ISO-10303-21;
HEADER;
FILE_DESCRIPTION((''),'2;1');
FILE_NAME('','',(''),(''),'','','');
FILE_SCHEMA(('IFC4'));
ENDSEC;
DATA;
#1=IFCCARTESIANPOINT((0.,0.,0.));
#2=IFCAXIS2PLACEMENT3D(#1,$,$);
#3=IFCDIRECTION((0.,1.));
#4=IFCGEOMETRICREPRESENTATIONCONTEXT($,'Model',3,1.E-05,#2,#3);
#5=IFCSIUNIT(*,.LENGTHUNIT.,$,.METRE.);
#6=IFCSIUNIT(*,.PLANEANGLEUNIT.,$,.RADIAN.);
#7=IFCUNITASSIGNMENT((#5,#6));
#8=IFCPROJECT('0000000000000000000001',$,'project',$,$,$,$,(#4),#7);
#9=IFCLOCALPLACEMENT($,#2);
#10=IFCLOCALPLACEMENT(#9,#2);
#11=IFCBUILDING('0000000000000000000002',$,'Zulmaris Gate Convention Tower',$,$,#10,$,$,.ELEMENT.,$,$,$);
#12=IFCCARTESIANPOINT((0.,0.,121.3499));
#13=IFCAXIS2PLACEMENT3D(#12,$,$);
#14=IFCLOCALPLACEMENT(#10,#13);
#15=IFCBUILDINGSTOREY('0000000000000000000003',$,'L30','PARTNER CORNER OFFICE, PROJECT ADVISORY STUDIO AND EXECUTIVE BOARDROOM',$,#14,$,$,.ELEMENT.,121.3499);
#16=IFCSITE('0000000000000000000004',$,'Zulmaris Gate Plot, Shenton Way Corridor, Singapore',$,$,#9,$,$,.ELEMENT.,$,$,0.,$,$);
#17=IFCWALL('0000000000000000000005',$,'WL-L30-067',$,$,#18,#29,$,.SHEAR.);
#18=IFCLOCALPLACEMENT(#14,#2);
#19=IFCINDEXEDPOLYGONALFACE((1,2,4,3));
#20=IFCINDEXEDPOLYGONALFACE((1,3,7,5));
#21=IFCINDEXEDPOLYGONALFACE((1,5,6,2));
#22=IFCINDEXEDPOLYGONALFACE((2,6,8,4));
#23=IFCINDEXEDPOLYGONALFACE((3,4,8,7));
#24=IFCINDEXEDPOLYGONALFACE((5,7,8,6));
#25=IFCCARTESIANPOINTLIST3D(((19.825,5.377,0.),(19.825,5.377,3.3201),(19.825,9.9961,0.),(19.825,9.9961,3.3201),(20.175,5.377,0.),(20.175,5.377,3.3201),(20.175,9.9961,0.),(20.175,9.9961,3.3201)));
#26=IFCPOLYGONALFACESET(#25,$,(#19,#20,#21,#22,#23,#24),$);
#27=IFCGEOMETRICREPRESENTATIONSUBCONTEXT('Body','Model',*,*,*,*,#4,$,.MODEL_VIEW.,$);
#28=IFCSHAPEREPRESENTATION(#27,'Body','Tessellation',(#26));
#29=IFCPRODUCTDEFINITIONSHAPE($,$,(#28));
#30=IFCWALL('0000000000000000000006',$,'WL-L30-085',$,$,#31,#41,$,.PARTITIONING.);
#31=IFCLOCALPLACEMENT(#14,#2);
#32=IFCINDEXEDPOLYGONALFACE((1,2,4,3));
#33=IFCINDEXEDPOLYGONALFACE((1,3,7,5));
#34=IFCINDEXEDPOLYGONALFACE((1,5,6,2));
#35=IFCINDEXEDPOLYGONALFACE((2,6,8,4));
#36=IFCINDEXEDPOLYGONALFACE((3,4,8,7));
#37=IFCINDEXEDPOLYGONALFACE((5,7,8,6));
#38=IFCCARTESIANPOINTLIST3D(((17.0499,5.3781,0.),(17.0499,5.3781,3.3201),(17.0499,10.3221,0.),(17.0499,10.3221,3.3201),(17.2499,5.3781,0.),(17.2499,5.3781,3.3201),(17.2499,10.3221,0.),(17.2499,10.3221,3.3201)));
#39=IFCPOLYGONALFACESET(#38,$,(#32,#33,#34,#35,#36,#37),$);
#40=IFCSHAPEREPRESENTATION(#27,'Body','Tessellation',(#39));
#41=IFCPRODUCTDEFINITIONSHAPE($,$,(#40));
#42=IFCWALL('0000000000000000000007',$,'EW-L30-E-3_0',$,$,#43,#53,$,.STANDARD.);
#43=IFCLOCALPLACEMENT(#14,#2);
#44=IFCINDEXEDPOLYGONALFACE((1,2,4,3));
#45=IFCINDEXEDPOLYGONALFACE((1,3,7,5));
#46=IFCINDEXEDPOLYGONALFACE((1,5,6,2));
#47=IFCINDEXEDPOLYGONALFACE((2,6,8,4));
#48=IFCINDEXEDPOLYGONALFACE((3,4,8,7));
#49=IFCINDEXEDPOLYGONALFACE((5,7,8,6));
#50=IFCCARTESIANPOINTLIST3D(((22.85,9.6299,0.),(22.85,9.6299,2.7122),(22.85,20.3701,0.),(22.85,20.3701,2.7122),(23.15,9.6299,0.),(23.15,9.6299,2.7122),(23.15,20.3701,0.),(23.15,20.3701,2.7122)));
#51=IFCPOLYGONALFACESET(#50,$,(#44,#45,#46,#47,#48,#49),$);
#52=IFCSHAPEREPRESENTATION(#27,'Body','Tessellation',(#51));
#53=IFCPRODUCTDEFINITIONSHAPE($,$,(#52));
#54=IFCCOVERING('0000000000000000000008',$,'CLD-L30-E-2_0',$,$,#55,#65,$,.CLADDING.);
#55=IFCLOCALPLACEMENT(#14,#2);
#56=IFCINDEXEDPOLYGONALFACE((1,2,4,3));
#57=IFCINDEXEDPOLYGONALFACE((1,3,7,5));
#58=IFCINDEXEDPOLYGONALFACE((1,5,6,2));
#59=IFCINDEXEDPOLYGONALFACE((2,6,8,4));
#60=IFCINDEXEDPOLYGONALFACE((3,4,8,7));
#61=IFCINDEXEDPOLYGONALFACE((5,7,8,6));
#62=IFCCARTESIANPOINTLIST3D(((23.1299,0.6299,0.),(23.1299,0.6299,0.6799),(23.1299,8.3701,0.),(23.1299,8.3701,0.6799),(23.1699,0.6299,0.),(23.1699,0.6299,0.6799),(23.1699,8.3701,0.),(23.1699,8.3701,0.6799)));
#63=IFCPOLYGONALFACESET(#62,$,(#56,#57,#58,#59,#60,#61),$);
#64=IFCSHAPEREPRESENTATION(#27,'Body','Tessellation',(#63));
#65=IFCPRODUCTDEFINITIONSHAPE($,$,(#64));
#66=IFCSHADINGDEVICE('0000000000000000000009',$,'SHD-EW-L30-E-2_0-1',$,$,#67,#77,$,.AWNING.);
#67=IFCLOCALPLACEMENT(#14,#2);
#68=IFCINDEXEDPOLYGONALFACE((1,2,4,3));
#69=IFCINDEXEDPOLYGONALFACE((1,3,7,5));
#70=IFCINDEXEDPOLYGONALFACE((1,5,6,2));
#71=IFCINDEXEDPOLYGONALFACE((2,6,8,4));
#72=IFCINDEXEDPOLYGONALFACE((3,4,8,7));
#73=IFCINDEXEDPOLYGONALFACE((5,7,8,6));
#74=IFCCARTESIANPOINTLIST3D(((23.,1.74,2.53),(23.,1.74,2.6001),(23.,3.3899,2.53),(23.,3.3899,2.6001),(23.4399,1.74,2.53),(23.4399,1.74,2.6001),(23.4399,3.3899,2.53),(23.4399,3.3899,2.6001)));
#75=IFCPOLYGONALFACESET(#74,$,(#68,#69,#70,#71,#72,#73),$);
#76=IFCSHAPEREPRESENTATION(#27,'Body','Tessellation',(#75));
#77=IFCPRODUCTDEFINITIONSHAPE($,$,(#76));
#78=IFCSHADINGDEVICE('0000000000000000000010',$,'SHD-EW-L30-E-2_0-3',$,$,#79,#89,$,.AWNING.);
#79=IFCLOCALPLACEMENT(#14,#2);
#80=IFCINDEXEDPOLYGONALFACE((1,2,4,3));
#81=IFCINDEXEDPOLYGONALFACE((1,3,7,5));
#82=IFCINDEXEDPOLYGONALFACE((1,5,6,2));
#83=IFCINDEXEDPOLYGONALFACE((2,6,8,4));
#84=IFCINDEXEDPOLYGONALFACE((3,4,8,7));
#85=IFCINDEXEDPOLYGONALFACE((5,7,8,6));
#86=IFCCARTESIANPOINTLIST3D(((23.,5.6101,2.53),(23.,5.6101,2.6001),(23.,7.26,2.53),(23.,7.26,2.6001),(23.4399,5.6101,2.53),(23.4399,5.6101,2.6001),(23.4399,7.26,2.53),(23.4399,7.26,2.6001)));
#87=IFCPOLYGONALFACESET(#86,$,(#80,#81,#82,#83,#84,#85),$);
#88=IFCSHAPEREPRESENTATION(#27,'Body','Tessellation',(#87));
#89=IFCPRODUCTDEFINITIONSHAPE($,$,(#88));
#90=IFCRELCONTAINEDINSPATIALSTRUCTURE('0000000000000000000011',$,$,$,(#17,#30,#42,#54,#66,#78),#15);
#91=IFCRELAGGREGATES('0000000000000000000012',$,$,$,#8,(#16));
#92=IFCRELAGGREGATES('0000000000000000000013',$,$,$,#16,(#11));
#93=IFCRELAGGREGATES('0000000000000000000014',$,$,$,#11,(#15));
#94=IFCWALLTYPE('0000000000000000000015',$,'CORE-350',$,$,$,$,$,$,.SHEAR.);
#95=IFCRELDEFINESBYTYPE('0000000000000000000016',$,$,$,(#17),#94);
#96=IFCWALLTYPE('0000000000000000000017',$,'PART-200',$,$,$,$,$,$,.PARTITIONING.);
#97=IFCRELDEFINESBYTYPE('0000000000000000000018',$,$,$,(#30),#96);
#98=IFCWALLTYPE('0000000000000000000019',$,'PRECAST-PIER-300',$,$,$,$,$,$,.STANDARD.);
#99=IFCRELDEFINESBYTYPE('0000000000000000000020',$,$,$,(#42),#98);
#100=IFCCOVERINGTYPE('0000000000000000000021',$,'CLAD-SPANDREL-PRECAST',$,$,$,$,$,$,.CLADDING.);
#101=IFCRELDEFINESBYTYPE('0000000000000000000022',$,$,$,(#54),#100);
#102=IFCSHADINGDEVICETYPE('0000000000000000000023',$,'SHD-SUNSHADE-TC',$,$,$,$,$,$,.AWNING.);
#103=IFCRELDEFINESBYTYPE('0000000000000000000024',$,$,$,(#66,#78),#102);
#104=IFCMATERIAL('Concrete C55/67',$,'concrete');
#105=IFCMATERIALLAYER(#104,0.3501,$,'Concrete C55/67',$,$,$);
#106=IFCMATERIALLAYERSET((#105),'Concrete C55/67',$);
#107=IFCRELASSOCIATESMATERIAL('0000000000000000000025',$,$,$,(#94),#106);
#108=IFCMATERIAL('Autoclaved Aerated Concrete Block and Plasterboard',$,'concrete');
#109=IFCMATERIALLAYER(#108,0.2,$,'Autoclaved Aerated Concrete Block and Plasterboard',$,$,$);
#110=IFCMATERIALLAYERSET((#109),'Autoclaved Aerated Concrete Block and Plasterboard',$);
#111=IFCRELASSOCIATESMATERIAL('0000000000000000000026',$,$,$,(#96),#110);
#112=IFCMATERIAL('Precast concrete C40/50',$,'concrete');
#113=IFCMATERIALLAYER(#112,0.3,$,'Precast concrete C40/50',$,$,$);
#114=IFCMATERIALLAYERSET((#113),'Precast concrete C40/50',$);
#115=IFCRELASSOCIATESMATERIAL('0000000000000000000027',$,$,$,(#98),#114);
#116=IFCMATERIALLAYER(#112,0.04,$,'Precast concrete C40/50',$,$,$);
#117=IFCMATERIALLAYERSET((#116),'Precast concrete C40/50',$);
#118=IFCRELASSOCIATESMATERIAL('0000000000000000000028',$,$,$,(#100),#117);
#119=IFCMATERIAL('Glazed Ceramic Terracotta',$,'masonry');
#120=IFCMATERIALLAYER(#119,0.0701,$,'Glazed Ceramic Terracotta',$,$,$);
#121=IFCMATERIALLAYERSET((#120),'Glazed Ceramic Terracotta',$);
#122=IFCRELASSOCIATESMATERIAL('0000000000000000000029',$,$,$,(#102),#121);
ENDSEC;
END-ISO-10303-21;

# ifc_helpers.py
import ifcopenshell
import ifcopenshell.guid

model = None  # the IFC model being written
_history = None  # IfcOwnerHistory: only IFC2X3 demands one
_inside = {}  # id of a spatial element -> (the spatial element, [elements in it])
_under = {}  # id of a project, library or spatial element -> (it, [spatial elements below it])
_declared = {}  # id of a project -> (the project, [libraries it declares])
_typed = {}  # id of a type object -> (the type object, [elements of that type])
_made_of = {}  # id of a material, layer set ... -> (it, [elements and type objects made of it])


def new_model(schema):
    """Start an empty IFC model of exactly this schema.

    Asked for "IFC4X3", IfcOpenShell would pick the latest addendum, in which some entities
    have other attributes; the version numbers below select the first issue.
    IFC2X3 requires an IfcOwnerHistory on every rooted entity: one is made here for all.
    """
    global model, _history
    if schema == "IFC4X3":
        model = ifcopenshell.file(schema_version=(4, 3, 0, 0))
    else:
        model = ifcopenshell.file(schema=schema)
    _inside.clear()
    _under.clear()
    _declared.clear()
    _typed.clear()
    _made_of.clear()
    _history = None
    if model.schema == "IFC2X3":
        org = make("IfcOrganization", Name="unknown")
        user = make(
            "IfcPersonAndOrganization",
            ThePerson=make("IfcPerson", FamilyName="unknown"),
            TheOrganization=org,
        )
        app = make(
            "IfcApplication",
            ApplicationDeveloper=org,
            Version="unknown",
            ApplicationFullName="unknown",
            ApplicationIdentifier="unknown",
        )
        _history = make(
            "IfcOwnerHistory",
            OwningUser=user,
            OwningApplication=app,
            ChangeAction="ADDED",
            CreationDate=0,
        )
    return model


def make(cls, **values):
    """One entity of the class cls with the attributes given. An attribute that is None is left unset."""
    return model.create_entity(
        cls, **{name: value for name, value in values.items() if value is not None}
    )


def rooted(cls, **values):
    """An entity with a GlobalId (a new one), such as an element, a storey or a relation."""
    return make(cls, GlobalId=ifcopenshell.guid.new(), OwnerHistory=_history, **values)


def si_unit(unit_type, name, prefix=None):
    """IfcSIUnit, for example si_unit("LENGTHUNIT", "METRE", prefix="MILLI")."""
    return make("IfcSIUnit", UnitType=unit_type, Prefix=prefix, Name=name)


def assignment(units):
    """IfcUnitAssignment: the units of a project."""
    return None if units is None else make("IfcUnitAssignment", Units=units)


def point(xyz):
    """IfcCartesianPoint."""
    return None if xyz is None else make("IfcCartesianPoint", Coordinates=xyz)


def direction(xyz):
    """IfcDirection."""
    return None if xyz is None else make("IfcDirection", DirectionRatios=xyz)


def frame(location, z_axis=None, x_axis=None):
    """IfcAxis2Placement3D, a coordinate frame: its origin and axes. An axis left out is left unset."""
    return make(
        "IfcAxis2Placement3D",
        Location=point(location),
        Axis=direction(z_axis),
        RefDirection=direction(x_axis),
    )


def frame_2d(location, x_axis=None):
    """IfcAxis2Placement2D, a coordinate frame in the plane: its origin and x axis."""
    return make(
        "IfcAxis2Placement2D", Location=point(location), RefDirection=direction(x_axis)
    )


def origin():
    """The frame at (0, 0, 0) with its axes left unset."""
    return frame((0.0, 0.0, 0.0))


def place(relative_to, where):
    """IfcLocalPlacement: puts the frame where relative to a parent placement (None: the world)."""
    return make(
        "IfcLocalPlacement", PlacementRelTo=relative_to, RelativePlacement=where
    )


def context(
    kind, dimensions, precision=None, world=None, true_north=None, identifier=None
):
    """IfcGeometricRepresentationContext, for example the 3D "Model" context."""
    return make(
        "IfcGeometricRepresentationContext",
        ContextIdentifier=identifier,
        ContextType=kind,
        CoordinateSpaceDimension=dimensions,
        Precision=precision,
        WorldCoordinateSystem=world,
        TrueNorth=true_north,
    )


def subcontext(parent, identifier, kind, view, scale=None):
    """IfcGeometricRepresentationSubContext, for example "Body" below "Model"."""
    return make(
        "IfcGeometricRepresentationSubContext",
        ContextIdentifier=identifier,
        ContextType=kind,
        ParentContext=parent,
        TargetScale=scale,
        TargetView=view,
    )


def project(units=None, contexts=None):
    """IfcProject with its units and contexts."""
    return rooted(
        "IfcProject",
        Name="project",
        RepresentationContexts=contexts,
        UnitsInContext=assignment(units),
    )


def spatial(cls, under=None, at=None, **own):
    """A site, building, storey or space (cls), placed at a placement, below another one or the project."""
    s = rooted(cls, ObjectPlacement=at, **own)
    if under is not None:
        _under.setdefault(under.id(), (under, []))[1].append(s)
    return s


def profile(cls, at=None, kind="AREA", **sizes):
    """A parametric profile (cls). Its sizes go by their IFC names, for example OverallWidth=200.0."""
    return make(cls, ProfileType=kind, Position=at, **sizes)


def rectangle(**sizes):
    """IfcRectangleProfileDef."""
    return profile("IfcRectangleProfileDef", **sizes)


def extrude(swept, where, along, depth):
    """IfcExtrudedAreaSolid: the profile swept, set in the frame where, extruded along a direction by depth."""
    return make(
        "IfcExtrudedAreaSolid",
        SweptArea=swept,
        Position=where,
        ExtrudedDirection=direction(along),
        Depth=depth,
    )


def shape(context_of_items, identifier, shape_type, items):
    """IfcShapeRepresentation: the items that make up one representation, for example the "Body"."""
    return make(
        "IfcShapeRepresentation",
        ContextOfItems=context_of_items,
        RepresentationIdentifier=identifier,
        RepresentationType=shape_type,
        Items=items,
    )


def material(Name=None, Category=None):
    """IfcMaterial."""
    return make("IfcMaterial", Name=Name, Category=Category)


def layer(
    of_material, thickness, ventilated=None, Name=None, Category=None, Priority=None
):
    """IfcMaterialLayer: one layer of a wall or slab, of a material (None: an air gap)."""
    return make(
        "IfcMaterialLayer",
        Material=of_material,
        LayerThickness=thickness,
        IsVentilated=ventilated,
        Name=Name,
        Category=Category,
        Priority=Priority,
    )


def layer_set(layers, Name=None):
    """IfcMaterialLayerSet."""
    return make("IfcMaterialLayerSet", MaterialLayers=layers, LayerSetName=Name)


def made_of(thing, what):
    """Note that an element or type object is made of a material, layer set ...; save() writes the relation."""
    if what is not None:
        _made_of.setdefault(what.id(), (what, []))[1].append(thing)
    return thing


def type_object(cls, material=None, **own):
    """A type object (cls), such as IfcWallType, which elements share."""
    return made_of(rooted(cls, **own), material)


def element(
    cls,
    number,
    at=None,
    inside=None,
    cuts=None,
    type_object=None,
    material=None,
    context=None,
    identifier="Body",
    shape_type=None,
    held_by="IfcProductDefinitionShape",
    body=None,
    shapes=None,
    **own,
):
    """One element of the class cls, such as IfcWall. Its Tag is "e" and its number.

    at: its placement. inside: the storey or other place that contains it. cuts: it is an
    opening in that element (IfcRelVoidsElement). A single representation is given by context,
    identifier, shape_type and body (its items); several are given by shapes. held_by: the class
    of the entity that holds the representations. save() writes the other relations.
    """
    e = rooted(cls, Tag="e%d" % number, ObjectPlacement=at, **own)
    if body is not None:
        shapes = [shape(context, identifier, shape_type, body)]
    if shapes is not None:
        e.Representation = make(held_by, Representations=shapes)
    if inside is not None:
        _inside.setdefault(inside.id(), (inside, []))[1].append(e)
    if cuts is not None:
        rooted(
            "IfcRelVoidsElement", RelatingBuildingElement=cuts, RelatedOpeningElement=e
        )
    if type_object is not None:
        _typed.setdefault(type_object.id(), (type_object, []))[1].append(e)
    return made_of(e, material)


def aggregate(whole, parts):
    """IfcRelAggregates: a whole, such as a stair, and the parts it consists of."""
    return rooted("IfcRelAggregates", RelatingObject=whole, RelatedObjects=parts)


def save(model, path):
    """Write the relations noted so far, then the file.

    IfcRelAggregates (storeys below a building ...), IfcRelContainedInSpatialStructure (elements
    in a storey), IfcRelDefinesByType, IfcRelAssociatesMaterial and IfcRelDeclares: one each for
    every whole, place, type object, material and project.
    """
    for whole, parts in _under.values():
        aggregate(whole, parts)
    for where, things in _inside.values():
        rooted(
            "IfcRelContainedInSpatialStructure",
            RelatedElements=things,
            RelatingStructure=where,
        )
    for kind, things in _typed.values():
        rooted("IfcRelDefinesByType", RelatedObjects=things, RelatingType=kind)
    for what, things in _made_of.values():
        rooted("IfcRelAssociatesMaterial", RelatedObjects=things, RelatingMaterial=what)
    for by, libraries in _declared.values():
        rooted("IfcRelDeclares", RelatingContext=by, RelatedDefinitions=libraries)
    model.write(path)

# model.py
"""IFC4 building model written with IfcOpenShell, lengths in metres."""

from ifc_helpers import new_model, si_unit, direction, frame, frame_2d, origin, place, context, subcontext, project, spatial, rectangle, extrude, material, layer, layer_set, type_object, element, save


model = new_model("IFC4")

# Units and contexts
model_context = context("Model", 3, precision=1e-05, world=origin(), true_north=direction((0.0, 1.0)))
body_context = subcontext(model_context, "Body", "Model", "MODEL_VIEW")
ifc_project = project(units=[si_unit("LENGTHUNIT", "METRE"), si_unit("PLANEANGLEUNIT", "RADIAN")], contexts=[model_context])

# Site, building, storey
site_placement = place(None, origin())
site = spatial("IfcSite", under=ifc_project, at=site_placement, Name="Zulmaris Gate Plot, Shenton Way Corridor, Singapore", CompositionType="ELEMENT", RefElevation=0.0)
building_placement = place(site_placement, origin())
building = spatial("IfcBuilding", under=site, at=building_placement, Name="Zulmaris Gate Convention Tower", CompositionType="ELEMENT")
storey_placement = place(building_placement, frame((0.0, 0.0, 121.3499)))
storey = spatial("IfcBuildingStorey", under=building, at=storey_placement, Name="L30", Description="PARTNER CORNER OFFICE, PROJECT ADVISORY STUDIO AND EXECUTIVE BOARDROOM", CompositionType="ELEMENT", Elevation=121.3499)

# Walls
ifc_material_1 = material(Name="Concrete C55/67", Category="concrete")
ifc_layer_1 = layer(ifc_material_1, 0.3501, Name="Concrete C55/67")
ifc_layer_set_1 = layer_set([ifc_layer_1], Name="Concrete C55/67")
wall_type_1 = type_object("IfcWallType", Name="CORE-350", PredefinedType="SHEAR", material=ifc_layer_set_1)
wall_1_placement = place(storey_placement, frame((20.0, 5.377, 0.0), z_axis=(0.0, 0.0, 1.0), x_axis=(0.0, 1.0, 0.0)))
element("IfcWall", 1, at=wall_1_placement, inside=storey, type_object=wall_type_1, Name="WL-L30-067", PredefinedType="SHEAR", context=body_context, shape_type="SweptSolid", body=[
    extrude(rectangle(XDim=4.6191, YDim=0.3501, at=frame_2d((2.3096, 0.0))), origin(), (0.0, 0.0, 1.0), 3.3201),
])
ifc_material_2 = material(Name="Autoclaved Aerated Concrete Block and Plasterboard", Category="concrete")
ifc_layer_2 = layer(ifc_material_2, 0.2, Name="Autoclaved Aerated Concrete Block and Plasterboard")
ifc_layer_set_2 = layer_set([ifc_layer_2], Name="Autoclaved Aerated Concrete Block and Plasterboard")
wall_type_2 = type_object("IfcWallType", Name="PART-200", PredefinedType="PARTITIONING", material=ifc_layer_set_2)
wall_2_placement = place(storey_placement, frame((17.1499, 5.3779, 0.0), z_axis=(0.0, 0.0, 1.0), x_axis=(0.0, 1.0, 0.0)))
element("IfcWall", 2, at=wall_2_placement, inside=storey, type_object=wall_type_2, Name="WL-L30-085", PredefinedType="PARTITIONING", context=body_context, shape_type="SweptSolid", body=[
    extrude(rectangle(XDim=4.9441, YDim=0.2, at=frame_2d((2.4722, 0.0))), origin(), (0.0, 0.0, 1.0), 3.3201),
])

# Shared definitions
ifc_material_3 = material(Name="Precast concrete C40/50", Category="concrete")
ifc_layer_3 = layer(ifc_material_3, 0.3, Name="Precast concrete C40/50")
ifc_layer_set_3 = layer_set([ifc_layer_3], Name="Precast concrete C40/50")
wall_type_3 = type_object("IfcWallType", Name="PRECAST-PIER-300", PredefinedType="STANDARD", material=ifc_layer_set_3)

# Wall
wall_3_placement = place(storey_placement, frame((23.0, 9.6299, 0.0), z_axis=(0.0, 0.0, 1.0), x_axis=(0.0, 1.0, 0.0)))
element("IfcWall", 3, at=wall_3_placement, inside=storey, type_object=wall_type_3, Name="EW-L30-E-3_0", PredefinedType="STANDARD", context=body_context, shape_type="SweptSolid", body=[
    extrude(rectangle(XDim=10.7402, YDim=0.3, at=frame_2d((5.3701, 0.0))), origin(), (0.0, 0.0, 1.0), 2.7122),
])

# Covering
ifc_layer_4 = layer(ifc_material_3, 0.04, Name="Precast concrete C40/50")
ifc_layer_set_4 = layer_set([ifc_layer_4], Name="Precast concrete C40/50")
covering_type = type_object("IfcCoveringType", Name="CLAD-SPANDREL-PRECAST", PredefinedType="CLADDING", material=ifc_layer_set_4)
covering_placement = place(storey_placement, frame((23.1499, 0.6299, 0.0), z_axis=(0.0, 0.0, 1.0), x_axis=(0.0, 1.0, 0.0)))
element("IfcCovering", 4, at=covering_placement, inside=storey, type_object=covering_type, Name="CLD-L30-E-2_0", PredefinedType="CLADDING", context=body_context, shape_type="SweptSolid", body=[
    extrude(rectangle(XDim=7.7402, YDim=0.04, at=frame_2d((3.8701, 0.0))), origin(), (0.0, 0.0, 1.0), 0.6799),
])

# Shading devices
ifc_material_4 = material(Name="Glazed Ceramic Terracotta", Category="masonry")
ifc_layer_5 = layer(ifc_material_4, 0.0701, Name="Glazed Ceramic Terracotta")
ifc_layer_set_5 = layer_set([ifc_layer_5], Name="Glazed Ceramic Terracotta")
shading_device_type = type_object("IfcShadingDeviceType", Name="SHD-SUNSHADE-TC", PredefinedType="AWNING", material=ifc_layer_set_5)
for number, where, z_axis, x_axis, name in (
    (5, (23.22, 1.74, 2.53), (0.0, 0.0, 1.0), (0.0, 1.0, 0.0), "SHD-EW-L30-E-2_0-1"),
    (6, (23.22, 5.6101, 2.53), (0.0, 0.0, 1.0), (0.0, 1.0, 0.0), "SHD-EW-L30-E-2_0-3"),
):
    element("IfcShadingDevice", number, at=place(storey_placement, frame(where, z_axis=z_axis, x_axis=x_axis)), inside=storey, type_object=shading_device_type, Name=name, PredefinedType="AWNING", context=body_context, shape_type="SweptSolid", body=[
        extrude(rectangle(XDim=1.6499, YDim=0.4399, at=frame_2d((0.825, 0.0))), origin(), (0.0, 0.0, 1.0), 0.0701),
    ])

save(model, "model.ifc")
